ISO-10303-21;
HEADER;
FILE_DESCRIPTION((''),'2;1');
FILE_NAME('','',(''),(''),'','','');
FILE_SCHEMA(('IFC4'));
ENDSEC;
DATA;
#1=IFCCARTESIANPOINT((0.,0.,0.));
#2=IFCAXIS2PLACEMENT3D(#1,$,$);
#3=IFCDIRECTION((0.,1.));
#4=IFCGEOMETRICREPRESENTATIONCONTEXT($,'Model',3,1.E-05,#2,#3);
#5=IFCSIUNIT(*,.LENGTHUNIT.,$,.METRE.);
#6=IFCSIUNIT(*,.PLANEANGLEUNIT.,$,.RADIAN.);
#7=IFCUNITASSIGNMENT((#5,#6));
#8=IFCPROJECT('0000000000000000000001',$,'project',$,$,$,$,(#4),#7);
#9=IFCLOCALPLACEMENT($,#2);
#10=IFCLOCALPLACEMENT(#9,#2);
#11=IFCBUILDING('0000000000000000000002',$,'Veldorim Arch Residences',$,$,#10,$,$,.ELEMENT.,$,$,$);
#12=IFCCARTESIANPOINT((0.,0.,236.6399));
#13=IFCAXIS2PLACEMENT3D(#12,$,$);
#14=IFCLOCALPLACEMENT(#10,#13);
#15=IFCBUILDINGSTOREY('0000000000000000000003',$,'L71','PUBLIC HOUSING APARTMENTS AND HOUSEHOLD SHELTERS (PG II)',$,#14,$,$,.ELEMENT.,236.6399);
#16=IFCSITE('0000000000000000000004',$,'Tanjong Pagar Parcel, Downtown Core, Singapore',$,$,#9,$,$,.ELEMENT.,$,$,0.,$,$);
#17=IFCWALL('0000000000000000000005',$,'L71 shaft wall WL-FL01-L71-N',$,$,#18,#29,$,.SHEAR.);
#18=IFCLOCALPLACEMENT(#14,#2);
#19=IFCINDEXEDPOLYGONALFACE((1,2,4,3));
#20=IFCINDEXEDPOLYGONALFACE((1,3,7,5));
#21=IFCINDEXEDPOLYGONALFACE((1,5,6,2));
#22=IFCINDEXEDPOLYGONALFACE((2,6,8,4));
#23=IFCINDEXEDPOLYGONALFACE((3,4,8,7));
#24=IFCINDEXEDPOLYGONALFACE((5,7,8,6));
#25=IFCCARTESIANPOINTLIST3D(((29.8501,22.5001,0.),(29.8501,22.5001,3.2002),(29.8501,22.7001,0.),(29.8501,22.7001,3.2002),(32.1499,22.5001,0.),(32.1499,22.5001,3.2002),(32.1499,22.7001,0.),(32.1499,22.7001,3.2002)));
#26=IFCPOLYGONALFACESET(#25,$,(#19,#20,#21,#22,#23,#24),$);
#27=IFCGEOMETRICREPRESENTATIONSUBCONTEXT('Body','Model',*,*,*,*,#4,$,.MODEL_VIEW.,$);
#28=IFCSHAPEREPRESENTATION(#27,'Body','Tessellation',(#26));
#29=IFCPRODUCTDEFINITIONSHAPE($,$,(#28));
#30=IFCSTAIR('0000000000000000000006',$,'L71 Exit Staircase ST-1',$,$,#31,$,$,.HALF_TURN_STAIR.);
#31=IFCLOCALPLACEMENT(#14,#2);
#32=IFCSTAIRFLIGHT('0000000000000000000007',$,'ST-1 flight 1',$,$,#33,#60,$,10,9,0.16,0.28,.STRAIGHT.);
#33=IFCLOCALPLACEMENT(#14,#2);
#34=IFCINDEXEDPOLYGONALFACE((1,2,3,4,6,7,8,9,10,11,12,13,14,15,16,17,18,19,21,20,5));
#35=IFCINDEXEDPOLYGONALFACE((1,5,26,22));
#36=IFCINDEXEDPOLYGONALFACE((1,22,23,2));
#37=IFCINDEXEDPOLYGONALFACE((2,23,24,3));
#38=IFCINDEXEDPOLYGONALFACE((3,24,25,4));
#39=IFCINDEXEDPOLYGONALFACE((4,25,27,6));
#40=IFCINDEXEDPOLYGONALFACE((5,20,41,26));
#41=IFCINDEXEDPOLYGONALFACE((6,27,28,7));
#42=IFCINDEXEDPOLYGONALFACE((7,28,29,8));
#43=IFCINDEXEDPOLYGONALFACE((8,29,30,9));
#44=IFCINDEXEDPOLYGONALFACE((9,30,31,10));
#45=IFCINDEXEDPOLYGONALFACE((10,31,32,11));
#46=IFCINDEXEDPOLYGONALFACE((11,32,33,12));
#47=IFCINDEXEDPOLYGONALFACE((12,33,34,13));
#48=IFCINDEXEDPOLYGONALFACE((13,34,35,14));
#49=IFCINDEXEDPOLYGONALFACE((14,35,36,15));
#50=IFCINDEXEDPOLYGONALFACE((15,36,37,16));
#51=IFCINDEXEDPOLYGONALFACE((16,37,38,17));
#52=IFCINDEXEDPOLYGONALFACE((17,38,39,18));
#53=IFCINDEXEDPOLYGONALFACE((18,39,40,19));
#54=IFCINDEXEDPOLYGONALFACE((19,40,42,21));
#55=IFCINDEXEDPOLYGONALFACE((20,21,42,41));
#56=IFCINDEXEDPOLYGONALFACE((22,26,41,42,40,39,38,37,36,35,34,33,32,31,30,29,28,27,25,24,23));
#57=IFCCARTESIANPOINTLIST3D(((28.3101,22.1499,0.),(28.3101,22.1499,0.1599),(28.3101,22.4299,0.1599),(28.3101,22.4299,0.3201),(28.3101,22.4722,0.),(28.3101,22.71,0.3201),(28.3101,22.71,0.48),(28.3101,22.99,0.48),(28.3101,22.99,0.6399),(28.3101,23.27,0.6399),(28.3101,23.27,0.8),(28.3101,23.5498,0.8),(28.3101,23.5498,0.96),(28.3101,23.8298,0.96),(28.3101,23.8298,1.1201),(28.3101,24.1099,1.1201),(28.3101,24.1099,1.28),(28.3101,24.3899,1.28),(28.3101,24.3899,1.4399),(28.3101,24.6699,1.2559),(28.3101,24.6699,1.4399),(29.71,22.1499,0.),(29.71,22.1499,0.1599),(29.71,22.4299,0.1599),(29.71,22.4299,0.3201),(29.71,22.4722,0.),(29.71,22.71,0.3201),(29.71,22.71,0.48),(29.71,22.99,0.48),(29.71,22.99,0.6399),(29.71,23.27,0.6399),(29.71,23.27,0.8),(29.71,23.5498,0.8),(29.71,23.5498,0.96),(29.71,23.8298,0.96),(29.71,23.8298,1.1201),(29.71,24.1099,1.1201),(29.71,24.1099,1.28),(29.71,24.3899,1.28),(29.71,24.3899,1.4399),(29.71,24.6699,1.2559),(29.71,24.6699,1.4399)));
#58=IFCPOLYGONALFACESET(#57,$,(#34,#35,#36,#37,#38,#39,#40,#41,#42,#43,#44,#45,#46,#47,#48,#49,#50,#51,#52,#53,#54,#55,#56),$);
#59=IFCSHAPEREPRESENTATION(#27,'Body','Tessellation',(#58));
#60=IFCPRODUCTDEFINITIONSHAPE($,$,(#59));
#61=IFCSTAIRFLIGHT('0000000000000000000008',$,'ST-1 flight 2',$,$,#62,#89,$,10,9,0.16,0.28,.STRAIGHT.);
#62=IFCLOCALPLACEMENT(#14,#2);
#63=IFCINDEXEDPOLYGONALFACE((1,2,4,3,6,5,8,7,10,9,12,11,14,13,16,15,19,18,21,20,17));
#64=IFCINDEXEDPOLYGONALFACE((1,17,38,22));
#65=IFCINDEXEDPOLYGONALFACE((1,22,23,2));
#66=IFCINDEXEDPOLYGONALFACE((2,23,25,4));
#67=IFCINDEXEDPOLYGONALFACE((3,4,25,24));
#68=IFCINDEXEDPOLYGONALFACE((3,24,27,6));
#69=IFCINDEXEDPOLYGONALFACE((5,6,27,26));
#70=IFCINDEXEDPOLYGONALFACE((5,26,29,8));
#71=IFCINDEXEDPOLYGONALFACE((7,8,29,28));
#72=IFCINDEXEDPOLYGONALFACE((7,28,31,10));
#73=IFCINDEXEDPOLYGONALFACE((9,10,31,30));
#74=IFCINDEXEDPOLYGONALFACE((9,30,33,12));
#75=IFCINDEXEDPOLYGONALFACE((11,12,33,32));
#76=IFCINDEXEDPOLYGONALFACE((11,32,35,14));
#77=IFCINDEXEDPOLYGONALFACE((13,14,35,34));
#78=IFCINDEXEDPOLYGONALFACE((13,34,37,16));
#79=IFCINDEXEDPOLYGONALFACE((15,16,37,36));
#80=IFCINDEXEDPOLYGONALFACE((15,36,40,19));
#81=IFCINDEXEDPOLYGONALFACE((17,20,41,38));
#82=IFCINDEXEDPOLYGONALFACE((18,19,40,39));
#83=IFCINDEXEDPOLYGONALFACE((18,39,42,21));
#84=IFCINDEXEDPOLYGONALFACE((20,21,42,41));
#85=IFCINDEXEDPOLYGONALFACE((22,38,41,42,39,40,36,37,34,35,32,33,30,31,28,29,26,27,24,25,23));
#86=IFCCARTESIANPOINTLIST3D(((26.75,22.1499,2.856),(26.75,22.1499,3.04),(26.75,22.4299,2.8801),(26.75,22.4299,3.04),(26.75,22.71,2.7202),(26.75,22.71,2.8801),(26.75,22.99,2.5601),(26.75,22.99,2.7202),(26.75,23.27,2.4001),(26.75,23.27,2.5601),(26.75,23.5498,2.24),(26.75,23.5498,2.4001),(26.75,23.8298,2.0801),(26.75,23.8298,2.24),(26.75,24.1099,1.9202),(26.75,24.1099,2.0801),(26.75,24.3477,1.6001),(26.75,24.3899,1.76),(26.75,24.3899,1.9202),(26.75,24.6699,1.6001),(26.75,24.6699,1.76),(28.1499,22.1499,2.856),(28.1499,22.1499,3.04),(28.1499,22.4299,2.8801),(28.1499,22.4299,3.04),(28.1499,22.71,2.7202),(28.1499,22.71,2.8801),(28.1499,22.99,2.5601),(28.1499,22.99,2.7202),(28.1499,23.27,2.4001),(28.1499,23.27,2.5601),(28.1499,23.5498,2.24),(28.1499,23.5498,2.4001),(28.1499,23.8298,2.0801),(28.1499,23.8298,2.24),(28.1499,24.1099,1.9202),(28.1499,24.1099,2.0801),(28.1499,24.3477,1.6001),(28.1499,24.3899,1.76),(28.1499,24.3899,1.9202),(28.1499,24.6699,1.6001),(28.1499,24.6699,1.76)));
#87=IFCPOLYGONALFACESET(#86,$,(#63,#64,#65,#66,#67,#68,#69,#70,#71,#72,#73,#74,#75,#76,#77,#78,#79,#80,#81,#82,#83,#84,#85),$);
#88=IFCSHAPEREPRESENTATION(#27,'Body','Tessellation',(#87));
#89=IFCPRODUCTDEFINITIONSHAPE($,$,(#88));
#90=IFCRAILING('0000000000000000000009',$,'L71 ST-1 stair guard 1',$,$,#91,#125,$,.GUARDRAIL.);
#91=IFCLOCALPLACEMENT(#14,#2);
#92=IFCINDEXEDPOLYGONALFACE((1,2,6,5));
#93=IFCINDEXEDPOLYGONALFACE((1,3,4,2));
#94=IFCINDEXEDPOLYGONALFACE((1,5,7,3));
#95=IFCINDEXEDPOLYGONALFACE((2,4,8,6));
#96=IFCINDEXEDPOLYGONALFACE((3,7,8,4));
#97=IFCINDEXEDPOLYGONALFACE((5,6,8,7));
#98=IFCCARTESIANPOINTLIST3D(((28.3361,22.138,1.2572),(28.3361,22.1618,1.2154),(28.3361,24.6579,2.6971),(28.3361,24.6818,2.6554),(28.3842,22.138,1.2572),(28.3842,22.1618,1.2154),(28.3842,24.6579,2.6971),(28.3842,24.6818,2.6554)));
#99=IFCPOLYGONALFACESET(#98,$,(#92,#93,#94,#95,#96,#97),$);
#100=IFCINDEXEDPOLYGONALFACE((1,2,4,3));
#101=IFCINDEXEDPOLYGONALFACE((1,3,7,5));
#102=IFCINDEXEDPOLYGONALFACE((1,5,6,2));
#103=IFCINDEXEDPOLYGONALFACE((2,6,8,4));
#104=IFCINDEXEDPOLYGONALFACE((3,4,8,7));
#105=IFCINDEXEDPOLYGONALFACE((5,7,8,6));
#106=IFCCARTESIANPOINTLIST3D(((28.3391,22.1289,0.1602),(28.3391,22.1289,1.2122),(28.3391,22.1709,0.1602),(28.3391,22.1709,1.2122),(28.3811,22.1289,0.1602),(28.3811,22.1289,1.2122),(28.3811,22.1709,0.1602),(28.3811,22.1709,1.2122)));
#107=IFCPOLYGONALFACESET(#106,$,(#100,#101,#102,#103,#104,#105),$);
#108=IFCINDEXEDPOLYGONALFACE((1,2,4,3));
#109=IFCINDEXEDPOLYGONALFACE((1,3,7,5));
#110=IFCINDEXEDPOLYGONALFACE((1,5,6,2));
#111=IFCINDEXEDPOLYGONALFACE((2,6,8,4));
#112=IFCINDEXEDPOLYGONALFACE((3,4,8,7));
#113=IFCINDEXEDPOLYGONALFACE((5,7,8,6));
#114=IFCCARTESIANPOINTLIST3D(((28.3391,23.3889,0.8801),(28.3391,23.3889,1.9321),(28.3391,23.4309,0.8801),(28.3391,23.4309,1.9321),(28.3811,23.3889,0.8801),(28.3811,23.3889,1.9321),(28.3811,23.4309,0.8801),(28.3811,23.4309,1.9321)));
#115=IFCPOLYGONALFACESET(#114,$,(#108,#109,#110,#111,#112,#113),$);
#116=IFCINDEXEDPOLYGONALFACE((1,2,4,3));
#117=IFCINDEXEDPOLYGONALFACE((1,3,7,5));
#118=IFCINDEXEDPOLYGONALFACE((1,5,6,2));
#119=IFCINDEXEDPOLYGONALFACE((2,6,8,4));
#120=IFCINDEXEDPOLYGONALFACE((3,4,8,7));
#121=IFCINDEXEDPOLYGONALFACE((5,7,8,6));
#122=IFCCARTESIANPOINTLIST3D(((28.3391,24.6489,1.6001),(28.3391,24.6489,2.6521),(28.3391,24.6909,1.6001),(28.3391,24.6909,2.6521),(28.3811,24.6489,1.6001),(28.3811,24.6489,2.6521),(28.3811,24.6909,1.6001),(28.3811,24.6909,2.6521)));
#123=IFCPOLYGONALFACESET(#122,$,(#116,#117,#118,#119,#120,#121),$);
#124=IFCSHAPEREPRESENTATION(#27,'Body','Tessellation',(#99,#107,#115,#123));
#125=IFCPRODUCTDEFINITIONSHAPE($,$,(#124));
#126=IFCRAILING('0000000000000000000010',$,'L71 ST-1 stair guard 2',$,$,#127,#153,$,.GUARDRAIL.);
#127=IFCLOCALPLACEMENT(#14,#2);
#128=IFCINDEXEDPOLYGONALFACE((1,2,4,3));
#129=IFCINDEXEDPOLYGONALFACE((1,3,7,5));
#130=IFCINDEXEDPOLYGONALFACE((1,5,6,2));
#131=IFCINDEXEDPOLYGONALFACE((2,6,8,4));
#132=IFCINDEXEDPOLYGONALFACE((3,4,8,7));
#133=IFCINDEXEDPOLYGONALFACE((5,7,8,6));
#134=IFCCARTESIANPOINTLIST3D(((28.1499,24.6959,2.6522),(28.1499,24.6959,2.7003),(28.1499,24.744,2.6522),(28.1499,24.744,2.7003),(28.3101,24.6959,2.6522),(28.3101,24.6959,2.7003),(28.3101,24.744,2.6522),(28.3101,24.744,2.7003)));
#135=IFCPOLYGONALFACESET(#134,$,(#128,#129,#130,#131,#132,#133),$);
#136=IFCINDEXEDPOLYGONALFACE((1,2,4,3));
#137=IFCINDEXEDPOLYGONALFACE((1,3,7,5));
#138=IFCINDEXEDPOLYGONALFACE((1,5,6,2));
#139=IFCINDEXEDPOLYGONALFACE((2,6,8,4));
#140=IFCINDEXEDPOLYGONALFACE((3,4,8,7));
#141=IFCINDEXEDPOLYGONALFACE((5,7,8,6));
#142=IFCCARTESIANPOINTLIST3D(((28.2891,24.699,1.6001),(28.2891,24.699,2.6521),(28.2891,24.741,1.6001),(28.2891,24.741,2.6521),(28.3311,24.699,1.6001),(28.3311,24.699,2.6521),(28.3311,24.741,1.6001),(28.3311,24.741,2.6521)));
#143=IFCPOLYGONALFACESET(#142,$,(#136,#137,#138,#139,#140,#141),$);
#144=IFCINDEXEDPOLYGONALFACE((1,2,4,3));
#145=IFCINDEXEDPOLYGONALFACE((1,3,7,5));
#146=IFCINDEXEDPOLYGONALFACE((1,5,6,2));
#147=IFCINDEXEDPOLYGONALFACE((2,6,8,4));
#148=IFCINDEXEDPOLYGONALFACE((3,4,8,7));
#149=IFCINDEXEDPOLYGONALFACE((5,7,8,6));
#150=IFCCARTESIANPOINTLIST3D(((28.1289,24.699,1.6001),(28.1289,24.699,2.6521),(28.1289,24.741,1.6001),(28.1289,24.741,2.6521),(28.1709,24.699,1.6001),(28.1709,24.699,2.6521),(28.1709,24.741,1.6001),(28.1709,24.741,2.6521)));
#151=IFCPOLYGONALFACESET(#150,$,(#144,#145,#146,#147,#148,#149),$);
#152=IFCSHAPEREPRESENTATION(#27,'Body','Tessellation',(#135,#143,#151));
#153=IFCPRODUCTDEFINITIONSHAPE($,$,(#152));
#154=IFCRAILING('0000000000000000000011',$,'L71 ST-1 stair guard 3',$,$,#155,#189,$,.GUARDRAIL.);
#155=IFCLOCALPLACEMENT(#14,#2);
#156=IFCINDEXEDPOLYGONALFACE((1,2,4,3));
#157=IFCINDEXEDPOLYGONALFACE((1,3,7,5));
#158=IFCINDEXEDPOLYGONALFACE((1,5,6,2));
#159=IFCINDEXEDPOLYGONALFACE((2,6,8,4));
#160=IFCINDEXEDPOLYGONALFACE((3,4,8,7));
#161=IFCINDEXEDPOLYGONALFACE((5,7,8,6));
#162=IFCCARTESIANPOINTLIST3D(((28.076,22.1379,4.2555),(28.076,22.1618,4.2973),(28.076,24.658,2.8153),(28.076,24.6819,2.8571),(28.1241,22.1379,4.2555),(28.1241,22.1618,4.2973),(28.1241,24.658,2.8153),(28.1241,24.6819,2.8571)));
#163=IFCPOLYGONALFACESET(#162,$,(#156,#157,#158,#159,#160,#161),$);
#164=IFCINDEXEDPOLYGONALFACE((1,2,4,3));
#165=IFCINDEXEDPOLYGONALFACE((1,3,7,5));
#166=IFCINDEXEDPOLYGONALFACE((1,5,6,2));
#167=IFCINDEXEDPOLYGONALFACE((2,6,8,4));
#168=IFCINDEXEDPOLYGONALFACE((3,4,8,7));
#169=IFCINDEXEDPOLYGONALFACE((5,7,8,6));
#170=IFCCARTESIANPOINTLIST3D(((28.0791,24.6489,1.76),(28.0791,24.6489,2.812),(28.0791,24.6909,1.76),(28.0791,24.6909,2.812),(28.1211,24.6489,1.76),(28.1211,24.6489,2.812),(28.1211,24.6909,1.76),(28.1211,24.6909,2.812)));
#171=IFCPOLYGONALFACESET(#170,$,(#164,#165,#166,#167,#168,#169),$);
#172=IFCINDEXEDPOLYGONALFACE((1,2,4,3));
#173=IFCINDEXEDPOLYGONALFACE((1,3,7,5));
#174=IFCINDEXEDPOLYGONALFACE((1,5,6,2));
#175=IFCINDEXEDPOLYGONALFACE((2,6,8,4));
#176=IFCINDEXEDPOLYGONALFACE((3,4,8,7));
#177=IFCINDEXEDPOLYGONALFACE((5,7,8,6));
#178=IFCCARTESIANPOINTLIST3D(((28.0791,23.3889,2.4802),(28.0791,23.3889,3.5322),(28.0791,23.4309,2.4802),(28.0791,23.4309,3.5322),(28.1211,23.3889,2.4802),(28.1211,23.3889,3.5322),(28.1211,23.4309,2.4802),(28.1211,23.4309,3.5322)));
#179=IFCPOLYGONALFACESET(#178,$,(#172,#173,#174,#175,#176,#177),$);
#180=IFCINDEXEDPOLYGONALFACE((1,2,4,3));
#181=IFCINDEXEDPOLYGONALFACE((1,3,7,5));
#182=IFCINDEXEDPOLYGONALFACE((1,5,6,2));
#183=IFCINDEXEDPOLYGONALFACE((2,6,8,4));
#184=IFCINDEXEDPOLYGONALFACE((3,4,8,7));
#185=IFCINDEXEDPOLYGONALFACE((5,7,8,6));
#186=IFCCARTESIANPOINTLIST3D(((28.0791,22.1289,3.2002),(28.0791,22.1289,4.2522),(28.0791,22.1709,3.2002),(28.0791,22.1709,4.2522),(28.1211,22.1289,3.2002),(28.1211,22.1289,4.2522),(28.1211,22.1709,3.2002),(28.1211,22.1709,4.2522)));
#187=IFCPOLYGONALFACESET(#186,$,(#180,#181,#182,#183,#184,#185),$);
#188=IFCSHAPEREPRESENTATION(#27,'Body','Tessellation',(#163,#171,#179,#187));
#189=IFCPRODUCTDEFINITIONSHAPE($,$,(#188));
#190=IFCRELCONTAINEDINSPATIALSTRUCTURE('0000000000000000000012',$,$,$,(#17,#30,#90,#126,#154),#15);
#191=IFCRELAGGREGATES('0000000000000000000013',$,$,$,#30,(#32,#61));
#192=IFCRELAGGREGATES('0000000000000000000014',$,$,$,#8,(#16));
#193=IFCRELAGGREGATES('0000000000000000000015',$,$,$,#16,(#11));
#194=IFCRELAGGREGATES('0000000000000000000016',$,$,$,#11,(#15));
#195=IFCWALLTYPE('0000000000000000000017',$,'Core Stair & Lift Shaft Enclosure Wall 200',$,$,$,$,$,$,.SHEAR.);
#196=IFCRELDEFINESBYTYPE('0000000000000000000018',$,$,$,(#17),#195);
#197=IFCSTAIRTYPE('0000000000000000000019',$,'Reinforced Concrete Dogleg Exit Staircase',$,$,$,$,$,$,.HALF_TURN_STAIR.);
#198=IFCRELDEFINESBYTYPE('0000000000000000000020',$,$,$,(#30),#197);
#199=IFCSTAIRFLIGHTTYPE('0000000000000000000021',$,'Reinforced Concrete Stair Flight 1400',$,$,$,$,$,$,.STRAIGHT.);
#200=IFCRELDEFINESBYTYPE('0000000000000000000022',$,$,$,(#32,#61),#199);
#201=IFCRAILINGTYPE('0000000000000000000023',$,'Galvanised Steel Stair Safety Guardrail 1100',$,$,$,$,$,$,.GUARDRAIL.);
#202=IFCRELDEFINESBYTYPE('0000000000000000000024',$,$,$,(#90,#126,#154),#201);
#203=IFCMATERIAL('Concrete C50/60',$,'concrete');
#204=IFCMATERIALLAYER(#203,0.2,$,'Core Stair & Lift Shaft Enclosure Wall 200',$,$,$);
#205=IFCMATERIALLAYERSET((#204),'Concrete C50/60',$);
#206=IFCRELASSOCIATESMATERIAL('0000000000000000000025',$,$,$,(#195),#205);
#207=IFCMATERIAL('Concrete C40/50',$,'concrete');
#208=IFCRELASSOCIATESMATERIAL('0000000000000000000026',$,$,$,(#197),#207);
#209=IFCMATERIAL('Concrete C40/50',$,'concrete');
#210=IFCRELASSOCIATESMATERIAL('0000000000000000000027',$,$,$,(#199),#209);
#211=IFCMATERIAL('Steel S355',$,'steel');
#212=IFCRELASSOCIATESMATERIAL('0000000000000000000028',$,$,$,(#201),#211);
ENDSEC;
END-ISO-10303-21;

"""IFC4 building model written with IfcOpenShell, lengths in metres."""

from ifc_helpers import new_model, si_unit, direction, frame, frame_2d, origin, origin_2d, place, context, subcontext, project, spatial, polyline, rectangle, outline, extrude, material, layer, layer_set, type_object, element, aggregate, save


model = new_model("IFC4")

# Units and contexts
model_context = context("Model", 3, precision=1e-05, world=origin(), true_north=direction((0.0, 1.0)))
body_context = subcontext(model_context, "Body", "Model", "MODEL_VIEW")
ifc_project = project(units=[si_unit("LENGTHUNIT", "METRE"), si_unit("PLANEANGLEUNIT", "RADIAN")], contexts=[model_context])

# Site, building, storey
site_placement = place(None, origin())
site = spatial("IfcSite", under=ifc_project, at=site_placement, Name="Tanjong Pagar Parcel, Downtown Core, Singapore", CompositionType="ELEMENT", RefElevation=0.0)
building_placement = place(site_placement, origin())
building = spatial("IfcBuilding", under=site, at=building_placement, Name="Veldorim Arch Residences", CompositionType="ELEMENT")
storey_placement = place(building_placement, frame((0.0, 0.0, 236.6399)))
storey = spatial("IfcBuildingStorey", under=building, at=storey_placement, Name="L71", Description="PUBLIC HOUSING APARTMENTS AND HOUSEHOLD SHELTERS (PG II)", CompositionType="ELEMENT", Elevation=236.6399)

# Wall
ifc_material_1 = material(Name="Concrete C50/60", Category="concrete")
ifc_layer_1 = layer(ifc_material_1, 0.2, Name="Core Stair & Lift Shaft Enclosure Wall 200")
ifc_layer_set_1 = layer_set([ifc_layer_1], Name="Concrete C50/60")
wall_type_1 = type_object("IfcWallType", Name="Core Stair & Lift Shaft Enclosure Wall 200", PredefinedType="SHEAR", material=ifc_layer_set_1)
wall_1_placement = place(storey_placement, frame((29.8501, 22.6001, 0.0), z_axis=(0.0, 0.0, 1.0), x_axis=(1.0, 0.0, 0.0)))
element("IfcWall", 1, at=wall_1_placement, inside=storey, type_object=wall_type_1, Name="L71 shaft wall WL-FL01-L71-N", PredefinedType="SHEAR", context=body_context, shape_type="SweptSolid", body=[
    extrude(rectangle(XDim=2.2998, YDim=0.2, at=frame_2d((1.1499, 0.0))), origin(), (0.0, 0.0, 1.0), 3.2002),
])

# Stair, stair flights
ifc_material_2 = material(Name="Concrete C40/50", Category="concrete")
stair_type = type_object("IfcStairType", Name="Reinforced Concrete Dogleg Exit Staircase", PredefinedType="HALF_TURN_STAIR", material=ifc_material_2)
stair_placement = place(storey_placement, origin())
stair = element("IfcStair", 2, at=stair_placement, inside=storey, type_object=stair_type, Name="L71 Exit Staircase ST-1", PredefinedType="HALF_TURN_STAIR")
ifc_material_3 = material(Name="Concrete C40/50", Category="concrete")
stair_flight_type = type_object("IfcStairFlightType", Name="Reinforced Concrete Stair Flight 1400", PredefinedType="STRAIGHT", material=ifc_material_3)
stair_flight_1_placement = place(storey_placement, frame((29.01, 22.1499, 0.0), z_axis=(0.0, 0.0, 1.0), x_axis=(0.0, 1.0, 0.0)))
stair_flight_1 = element("IfcStairFlight", 3, at=stair_flight_1_placement, type_object=stair_flight_type, Name="ST-1 flight 1", NumberOfRisers=10, NumberOfTreads=9, PredefinedType="STRAIGHT", RiserHeight=0.16, TreadLength=0.28, context=body_context, shape_type="SweptSolid", body=[
    extrude(outline(polyline([(0.0, 0.0), (0.0, 0.1599), (0.28, 0.1599), (0.28, 0.3201), (0.5601, 0.3201), (0.5601, 0.48), (0.8401, 0.48), (0.8401, 0.6399), (1.1201, 0.6399), (1.1201, 0.8), (1.3999, 0.8), (1.3999, 0.96), (1.6799, 0.96), (1.6799, 1.1201), (1.96, 1.1201), (1.96, 1.28), (2.24, 1.28), (2.24, 1.4399), (2.52, 1.4399), (2.52, 1.6001), (2.52, 1.2559), (0.3223, 0.0), (0.0, 0.0)])), frame((0.0, 0.7, 0.0), z_axis=(0.0, -1.0, 0.0), x_axis=(1.0, 0.0, 0.0)), (0.0, 0.0, 1.0), 1.3999),
])
stair_flight_2_placement = place(storey_placement, frame((27.45, 24.6699, 1.6001), z_axis=(0.0, 0.0, 1.0), x_axis=(0.0, -1.0, 0.0)))
stair_flight_2 = element("IfcStairFlight", 4, at=stair_flight_2_placement, type_object=stair_flight_type, Name="ST-1 flight 2", NumberOfRisers=10, NumberOfTreads=9, PredefinedType="STRAIGHT", RiserHeight=0.16, TreadLength=0.28, context=body_context, shape_type="SweptSolid", body=[
    extrude(outline(polyline([(0.0, 0.0), (0.0, 0.1599), (0.28, 0.1599), (0.28, 0.3201), (0.5601, 0.3201), (0.5601, 0.48), (0.8401, 0.48), (0.8401, 0.6399), (1.1201, 0.6399), (1.1201, 0.8), (1.3999, 0.8), (1.3999, 0.96), (1.6799, 0.96), (1.6799, 1.1201), (1.96, 1.1201), (1.96, 1.28), (2.24, 1.28), (2.24, 1.4399), (2.52, 1.4399), (2.52, 1.6001), (2.52, 1.2559), (0.3223, 0.0), (0.0, 0.0)])), frame((0.0, 0.7, 0.0), z_axis=(0.0, -1.0, 0.0), x_axis=(1.0, 0.0, 0.0)), (0.0, 0.0, 1.0), 1.3999),
])
aggregate(stair, [stair_flight_1, stair_flight_2])

# Railings
ifc_material_4 = material(Name="Steel S355", Category="steel")
railing_type_1 = type_object("IfcRailingType", Name="Galvanised Steel Stair Safety Guardrail 1100", PredefinedType="GUARDRAIL", material=ifc_material_4)
railing_1_placement = place(storey_placement, frame((28.3601, 22.1499, 0.1602)))
element("IfcRailing", 5, at=railing_1_placement, inside=storey, type_object=railing_type_1, Name="L71 ST-1 stair guard 1", PredefinedType="GUARDRAIL", context=body_context, shape_type="SweptSolid", body=[
    extrude(rectangle(XDim=0.0481, YDim=0.0481, at=origin_2d()), frame((0.0, 0.0, 1.0762), z_axis=(0.0, 0.868253, 0.496121), x_axis=(-1.0, 0.0, 0.0)), (0.0, 0.0, 1.0), 2.9023),
    extrude(rectangle(XDim=0.042, YDim=0.042, at=origin_2d()), origin(), (0.0, 0.0, 1.0), 1.052),
    extrude(rectangle(XDim=0.042, YDim=0.042, at=origin_2d()), frame((0.0, 1.26, 0.72)), (0.0, 0.0, 1.0), 1.052),
    extrude(rectangle(XDim=0.042, YDim=0.042, at=origin_2d()), frame((0.0, 2.52, 1.4399)), (0.0, 0.0, 1.0), 1.052),
])
railing_2_placement = place(storey_placement, frame((28.3101, 24.72, 1.6001)))
element("IfcRailing", 6, at=railing_2_placement, inside=storey, type_object=railing_type_1, Name="L71 ST-1 stair guard 2", PredefinedType="GUARDRAIL", context=body_context, shape_type="SweptSolid", body=[
    extrude(rectangle(XDim=0.0481, YDim=0.0481, at=origin_2d()), frame((0.0, 0.0, 1.0762), z_axis=(-1.0, 0.0, 0.0), x_axis=(0.0, -1.0, 0.0)), (0.0, 0.0, 1.0), 0.1602),
    extrude(rectangle(XDim=0.042, YDim=0.042, at=origin_2d()), origin(), (0.0, 0.0, 1.0), 1.052),
    extrude(rectangle(XDim=0.042, YDim=0.042, at=origin_2d()), frame((-0.1602, 0.0, 0.0)), (0.0, 0.0, 1.0), 1.052),
])
railing_3_placement = place(storey_placement, frame((28.1001, 24.6699, 1.76)))
element("IfcRailing", 7, at=railing_3_placement, inside=storey, type_object=railing_type_1, Name="L71 ST-1 stair guard 3", PredefinedType="GUARDRAIL", context=body_context, shape_type="SweptSolid", body=[
    extrude(rectangle(XDim=0.0481, YDim=0.0481, at=origin_2d()), frame((0.0, 0.0, 1.0762), z_axis=(0.0, -0.868217, 0.496184), x_axis=(1.0, 0.0, 0.0)), (0.0, 0.0, 1.0), 2.9026),
    extrude(rectangle(XDim=0.042, YDim=0.042, at=origin_2d()), origin(), (0.0, 0.0, 1.0), 1.052),
    extrude(rectangle(XDim=0.042, YDim=0.042, at=origin_2d()), frame((0.0, -1.26, 0.7202)), (0.0, 0.0, 1.0), 1.052),
    extrude(rectangle(XDim=0.042, YDim=0.042, at=origin_2d()), frame((0.0, -2.52, 1.4402)), (0.0, 0.0, 1.0), 1.052),
])

save(model, "model.ifc")
